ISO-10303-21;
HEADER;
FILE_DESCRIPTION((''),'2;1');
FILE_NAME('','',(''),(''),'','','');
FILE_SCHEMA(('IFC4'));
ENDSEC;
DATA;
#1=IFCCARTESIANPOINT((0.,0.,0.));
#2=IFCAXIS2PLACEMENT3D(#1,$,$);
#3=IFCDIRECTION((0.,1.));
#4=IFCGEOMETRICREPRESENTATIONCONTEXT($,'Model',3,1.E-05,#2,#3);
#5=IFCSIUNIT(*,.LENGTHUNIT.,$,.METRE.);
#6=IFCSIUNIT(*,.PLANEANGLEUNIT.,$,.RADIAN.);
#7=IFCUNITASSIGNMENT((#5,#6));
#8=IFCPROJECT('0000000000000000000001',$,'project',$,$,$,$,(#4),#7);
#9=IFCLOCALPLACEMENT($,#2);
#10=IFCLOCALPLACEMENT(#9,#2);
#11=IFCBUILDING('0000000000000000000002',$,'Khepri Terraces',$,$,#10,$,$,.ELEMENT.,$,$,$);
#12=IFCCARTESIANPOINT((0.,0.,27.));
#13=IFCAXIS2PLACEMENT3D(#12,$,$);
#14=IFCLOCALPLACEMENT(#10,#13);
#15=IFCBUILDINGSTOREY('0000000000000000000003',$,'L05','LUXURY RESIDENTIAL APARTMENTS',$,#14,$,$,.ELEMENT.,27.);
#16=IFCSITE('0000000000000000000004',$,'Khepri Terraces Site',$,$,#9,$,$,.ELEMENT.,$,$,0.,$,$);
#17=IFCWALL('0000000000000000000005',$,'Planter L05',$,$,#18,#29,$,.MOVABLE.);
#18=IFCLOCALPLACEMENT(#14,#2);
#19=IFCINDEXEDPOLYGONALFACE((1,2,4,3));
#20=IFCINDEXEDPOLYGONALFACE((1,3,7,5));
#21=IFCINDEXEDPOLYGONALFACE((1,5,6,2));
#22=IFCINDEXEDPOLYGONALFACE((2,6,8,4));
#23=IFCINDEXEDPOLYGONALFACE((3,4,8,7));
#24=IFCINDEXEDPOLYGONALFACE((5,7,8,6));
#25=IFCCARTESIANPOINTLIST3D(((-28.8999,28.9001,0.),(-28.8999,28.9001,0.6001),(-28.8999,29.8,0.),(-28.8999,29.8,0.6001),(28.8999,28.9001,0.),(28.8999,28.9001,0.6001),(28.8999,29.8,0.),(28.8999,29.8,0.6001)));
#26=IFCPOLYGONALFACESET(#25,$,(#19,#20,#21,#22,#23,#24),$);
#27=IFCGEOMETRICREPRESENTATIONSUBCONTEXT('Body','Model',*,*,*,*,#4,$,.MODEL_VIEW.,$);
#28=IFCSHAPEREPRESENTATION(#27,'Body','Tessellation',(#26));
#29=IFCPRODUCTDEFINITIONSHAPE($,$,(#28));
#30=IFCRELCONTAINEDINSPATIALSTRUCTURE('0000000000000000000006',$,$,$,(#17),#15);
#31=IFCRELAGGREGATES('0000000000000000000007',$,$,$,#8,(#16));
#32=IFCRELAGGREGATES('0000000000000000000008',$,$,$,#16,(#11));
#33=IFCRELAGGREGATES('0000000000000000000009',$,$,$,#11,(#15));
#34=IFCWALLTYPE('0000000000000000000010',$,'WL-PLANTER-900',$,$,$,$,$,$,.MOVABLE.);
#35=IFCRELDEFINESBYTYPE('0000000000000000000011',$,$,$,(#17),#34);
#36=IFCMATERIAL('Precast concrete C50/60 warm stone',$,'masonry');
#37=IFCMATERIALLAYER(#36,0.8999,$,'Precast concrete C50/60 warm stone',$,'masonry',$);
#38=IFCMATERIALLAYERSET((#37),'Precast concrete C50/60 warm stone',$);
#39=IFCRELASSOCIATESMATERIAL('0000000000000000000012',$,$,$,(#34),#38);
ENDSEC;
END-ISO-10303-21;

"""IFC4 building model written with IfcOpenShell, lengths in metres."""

from ifc_helpers import new_model, si_unit, direction, frame, frame_2d, origin, place, context, subcontext, project, spatial, rectangle, extrude, material, layer, layer_set, type_object, element, save


model = new_model("IFC4")

# Units and contexts
model_context = context("Model", 3, precision=1e-05, world=origin(), true_north=direction((0.0, 1.0)))
body_context = subcontext(model_context, "Body", "Model", "MODEL_VIEW")
ifc_project = project(units=[si_unit("LENGTHUNIT", "METRE"), si_unit("PLANEANGLEUNIT", "RADIAN")], contexts=[model_context])

# Site, building, storey
site_placement = place(None, origin())
site = spatial("IfcSite", under=ifc_project, at=site_placement, Name="Khepri Terraces Site", CompositionType="ELEMENT", RefElevation=0.0)
building_placement = place(site_placement, origin())
building = spatial("IfcBuilding", under=site, at=building_placement, Name="Khepri Terraces", CompositionType="ELEMENT")
storey_placement = place(building_placement, frame((0.0, 0.0, 27.0)))
storey = spatial("IfcBuildingStorey", under=building, at=storey_placement, Name="L05", Description="LUXURY RESIDENTIAL APARTMENTS", CompositionType="ELEMENT", Elevation=27.0)

# Shared definitions
ifc_material_1 = material(Name="Precast concrete C50/60 warm stone", Category="masonry")

# Wall
ifc_layer_1 = layer(ifc_material_1, 0.8999, Name="Precast concrete C50/60 warm stone", Category="masonry")
ifc_layer_set_1 = layer_set([ifc_layer_1], Name="Precast concrete C50/60 warm stone")
wall_type_1 = type_object("IfcWallType", Name="WL-PLANTER-900", PredefinedType="MOVABLE", material=ifc_layer_set_1)
wall_1_placement = place(storey_placement, frame((-28.8999, 29.3501, 0.0), z_axis=(0.0, 0.0, 1.0), x_axis=(1.0, 0.0, 0.0)))
element("IfcWall", 1, at=wall_1_placement, inside=storey, type_object=wall_type_1, Name="Planter L05", PredefinedType="MOVABLE", context=body_context, shape_type="SweptSolid", body=[
    extrude(rectangle(XDim=57.7998, YDim=0.8999, at=frame_2d((28.8999, 0.0))), origin(), (0.0, 0.0, 1.0), 0.6001),
])

save(model, "model.ifc")
